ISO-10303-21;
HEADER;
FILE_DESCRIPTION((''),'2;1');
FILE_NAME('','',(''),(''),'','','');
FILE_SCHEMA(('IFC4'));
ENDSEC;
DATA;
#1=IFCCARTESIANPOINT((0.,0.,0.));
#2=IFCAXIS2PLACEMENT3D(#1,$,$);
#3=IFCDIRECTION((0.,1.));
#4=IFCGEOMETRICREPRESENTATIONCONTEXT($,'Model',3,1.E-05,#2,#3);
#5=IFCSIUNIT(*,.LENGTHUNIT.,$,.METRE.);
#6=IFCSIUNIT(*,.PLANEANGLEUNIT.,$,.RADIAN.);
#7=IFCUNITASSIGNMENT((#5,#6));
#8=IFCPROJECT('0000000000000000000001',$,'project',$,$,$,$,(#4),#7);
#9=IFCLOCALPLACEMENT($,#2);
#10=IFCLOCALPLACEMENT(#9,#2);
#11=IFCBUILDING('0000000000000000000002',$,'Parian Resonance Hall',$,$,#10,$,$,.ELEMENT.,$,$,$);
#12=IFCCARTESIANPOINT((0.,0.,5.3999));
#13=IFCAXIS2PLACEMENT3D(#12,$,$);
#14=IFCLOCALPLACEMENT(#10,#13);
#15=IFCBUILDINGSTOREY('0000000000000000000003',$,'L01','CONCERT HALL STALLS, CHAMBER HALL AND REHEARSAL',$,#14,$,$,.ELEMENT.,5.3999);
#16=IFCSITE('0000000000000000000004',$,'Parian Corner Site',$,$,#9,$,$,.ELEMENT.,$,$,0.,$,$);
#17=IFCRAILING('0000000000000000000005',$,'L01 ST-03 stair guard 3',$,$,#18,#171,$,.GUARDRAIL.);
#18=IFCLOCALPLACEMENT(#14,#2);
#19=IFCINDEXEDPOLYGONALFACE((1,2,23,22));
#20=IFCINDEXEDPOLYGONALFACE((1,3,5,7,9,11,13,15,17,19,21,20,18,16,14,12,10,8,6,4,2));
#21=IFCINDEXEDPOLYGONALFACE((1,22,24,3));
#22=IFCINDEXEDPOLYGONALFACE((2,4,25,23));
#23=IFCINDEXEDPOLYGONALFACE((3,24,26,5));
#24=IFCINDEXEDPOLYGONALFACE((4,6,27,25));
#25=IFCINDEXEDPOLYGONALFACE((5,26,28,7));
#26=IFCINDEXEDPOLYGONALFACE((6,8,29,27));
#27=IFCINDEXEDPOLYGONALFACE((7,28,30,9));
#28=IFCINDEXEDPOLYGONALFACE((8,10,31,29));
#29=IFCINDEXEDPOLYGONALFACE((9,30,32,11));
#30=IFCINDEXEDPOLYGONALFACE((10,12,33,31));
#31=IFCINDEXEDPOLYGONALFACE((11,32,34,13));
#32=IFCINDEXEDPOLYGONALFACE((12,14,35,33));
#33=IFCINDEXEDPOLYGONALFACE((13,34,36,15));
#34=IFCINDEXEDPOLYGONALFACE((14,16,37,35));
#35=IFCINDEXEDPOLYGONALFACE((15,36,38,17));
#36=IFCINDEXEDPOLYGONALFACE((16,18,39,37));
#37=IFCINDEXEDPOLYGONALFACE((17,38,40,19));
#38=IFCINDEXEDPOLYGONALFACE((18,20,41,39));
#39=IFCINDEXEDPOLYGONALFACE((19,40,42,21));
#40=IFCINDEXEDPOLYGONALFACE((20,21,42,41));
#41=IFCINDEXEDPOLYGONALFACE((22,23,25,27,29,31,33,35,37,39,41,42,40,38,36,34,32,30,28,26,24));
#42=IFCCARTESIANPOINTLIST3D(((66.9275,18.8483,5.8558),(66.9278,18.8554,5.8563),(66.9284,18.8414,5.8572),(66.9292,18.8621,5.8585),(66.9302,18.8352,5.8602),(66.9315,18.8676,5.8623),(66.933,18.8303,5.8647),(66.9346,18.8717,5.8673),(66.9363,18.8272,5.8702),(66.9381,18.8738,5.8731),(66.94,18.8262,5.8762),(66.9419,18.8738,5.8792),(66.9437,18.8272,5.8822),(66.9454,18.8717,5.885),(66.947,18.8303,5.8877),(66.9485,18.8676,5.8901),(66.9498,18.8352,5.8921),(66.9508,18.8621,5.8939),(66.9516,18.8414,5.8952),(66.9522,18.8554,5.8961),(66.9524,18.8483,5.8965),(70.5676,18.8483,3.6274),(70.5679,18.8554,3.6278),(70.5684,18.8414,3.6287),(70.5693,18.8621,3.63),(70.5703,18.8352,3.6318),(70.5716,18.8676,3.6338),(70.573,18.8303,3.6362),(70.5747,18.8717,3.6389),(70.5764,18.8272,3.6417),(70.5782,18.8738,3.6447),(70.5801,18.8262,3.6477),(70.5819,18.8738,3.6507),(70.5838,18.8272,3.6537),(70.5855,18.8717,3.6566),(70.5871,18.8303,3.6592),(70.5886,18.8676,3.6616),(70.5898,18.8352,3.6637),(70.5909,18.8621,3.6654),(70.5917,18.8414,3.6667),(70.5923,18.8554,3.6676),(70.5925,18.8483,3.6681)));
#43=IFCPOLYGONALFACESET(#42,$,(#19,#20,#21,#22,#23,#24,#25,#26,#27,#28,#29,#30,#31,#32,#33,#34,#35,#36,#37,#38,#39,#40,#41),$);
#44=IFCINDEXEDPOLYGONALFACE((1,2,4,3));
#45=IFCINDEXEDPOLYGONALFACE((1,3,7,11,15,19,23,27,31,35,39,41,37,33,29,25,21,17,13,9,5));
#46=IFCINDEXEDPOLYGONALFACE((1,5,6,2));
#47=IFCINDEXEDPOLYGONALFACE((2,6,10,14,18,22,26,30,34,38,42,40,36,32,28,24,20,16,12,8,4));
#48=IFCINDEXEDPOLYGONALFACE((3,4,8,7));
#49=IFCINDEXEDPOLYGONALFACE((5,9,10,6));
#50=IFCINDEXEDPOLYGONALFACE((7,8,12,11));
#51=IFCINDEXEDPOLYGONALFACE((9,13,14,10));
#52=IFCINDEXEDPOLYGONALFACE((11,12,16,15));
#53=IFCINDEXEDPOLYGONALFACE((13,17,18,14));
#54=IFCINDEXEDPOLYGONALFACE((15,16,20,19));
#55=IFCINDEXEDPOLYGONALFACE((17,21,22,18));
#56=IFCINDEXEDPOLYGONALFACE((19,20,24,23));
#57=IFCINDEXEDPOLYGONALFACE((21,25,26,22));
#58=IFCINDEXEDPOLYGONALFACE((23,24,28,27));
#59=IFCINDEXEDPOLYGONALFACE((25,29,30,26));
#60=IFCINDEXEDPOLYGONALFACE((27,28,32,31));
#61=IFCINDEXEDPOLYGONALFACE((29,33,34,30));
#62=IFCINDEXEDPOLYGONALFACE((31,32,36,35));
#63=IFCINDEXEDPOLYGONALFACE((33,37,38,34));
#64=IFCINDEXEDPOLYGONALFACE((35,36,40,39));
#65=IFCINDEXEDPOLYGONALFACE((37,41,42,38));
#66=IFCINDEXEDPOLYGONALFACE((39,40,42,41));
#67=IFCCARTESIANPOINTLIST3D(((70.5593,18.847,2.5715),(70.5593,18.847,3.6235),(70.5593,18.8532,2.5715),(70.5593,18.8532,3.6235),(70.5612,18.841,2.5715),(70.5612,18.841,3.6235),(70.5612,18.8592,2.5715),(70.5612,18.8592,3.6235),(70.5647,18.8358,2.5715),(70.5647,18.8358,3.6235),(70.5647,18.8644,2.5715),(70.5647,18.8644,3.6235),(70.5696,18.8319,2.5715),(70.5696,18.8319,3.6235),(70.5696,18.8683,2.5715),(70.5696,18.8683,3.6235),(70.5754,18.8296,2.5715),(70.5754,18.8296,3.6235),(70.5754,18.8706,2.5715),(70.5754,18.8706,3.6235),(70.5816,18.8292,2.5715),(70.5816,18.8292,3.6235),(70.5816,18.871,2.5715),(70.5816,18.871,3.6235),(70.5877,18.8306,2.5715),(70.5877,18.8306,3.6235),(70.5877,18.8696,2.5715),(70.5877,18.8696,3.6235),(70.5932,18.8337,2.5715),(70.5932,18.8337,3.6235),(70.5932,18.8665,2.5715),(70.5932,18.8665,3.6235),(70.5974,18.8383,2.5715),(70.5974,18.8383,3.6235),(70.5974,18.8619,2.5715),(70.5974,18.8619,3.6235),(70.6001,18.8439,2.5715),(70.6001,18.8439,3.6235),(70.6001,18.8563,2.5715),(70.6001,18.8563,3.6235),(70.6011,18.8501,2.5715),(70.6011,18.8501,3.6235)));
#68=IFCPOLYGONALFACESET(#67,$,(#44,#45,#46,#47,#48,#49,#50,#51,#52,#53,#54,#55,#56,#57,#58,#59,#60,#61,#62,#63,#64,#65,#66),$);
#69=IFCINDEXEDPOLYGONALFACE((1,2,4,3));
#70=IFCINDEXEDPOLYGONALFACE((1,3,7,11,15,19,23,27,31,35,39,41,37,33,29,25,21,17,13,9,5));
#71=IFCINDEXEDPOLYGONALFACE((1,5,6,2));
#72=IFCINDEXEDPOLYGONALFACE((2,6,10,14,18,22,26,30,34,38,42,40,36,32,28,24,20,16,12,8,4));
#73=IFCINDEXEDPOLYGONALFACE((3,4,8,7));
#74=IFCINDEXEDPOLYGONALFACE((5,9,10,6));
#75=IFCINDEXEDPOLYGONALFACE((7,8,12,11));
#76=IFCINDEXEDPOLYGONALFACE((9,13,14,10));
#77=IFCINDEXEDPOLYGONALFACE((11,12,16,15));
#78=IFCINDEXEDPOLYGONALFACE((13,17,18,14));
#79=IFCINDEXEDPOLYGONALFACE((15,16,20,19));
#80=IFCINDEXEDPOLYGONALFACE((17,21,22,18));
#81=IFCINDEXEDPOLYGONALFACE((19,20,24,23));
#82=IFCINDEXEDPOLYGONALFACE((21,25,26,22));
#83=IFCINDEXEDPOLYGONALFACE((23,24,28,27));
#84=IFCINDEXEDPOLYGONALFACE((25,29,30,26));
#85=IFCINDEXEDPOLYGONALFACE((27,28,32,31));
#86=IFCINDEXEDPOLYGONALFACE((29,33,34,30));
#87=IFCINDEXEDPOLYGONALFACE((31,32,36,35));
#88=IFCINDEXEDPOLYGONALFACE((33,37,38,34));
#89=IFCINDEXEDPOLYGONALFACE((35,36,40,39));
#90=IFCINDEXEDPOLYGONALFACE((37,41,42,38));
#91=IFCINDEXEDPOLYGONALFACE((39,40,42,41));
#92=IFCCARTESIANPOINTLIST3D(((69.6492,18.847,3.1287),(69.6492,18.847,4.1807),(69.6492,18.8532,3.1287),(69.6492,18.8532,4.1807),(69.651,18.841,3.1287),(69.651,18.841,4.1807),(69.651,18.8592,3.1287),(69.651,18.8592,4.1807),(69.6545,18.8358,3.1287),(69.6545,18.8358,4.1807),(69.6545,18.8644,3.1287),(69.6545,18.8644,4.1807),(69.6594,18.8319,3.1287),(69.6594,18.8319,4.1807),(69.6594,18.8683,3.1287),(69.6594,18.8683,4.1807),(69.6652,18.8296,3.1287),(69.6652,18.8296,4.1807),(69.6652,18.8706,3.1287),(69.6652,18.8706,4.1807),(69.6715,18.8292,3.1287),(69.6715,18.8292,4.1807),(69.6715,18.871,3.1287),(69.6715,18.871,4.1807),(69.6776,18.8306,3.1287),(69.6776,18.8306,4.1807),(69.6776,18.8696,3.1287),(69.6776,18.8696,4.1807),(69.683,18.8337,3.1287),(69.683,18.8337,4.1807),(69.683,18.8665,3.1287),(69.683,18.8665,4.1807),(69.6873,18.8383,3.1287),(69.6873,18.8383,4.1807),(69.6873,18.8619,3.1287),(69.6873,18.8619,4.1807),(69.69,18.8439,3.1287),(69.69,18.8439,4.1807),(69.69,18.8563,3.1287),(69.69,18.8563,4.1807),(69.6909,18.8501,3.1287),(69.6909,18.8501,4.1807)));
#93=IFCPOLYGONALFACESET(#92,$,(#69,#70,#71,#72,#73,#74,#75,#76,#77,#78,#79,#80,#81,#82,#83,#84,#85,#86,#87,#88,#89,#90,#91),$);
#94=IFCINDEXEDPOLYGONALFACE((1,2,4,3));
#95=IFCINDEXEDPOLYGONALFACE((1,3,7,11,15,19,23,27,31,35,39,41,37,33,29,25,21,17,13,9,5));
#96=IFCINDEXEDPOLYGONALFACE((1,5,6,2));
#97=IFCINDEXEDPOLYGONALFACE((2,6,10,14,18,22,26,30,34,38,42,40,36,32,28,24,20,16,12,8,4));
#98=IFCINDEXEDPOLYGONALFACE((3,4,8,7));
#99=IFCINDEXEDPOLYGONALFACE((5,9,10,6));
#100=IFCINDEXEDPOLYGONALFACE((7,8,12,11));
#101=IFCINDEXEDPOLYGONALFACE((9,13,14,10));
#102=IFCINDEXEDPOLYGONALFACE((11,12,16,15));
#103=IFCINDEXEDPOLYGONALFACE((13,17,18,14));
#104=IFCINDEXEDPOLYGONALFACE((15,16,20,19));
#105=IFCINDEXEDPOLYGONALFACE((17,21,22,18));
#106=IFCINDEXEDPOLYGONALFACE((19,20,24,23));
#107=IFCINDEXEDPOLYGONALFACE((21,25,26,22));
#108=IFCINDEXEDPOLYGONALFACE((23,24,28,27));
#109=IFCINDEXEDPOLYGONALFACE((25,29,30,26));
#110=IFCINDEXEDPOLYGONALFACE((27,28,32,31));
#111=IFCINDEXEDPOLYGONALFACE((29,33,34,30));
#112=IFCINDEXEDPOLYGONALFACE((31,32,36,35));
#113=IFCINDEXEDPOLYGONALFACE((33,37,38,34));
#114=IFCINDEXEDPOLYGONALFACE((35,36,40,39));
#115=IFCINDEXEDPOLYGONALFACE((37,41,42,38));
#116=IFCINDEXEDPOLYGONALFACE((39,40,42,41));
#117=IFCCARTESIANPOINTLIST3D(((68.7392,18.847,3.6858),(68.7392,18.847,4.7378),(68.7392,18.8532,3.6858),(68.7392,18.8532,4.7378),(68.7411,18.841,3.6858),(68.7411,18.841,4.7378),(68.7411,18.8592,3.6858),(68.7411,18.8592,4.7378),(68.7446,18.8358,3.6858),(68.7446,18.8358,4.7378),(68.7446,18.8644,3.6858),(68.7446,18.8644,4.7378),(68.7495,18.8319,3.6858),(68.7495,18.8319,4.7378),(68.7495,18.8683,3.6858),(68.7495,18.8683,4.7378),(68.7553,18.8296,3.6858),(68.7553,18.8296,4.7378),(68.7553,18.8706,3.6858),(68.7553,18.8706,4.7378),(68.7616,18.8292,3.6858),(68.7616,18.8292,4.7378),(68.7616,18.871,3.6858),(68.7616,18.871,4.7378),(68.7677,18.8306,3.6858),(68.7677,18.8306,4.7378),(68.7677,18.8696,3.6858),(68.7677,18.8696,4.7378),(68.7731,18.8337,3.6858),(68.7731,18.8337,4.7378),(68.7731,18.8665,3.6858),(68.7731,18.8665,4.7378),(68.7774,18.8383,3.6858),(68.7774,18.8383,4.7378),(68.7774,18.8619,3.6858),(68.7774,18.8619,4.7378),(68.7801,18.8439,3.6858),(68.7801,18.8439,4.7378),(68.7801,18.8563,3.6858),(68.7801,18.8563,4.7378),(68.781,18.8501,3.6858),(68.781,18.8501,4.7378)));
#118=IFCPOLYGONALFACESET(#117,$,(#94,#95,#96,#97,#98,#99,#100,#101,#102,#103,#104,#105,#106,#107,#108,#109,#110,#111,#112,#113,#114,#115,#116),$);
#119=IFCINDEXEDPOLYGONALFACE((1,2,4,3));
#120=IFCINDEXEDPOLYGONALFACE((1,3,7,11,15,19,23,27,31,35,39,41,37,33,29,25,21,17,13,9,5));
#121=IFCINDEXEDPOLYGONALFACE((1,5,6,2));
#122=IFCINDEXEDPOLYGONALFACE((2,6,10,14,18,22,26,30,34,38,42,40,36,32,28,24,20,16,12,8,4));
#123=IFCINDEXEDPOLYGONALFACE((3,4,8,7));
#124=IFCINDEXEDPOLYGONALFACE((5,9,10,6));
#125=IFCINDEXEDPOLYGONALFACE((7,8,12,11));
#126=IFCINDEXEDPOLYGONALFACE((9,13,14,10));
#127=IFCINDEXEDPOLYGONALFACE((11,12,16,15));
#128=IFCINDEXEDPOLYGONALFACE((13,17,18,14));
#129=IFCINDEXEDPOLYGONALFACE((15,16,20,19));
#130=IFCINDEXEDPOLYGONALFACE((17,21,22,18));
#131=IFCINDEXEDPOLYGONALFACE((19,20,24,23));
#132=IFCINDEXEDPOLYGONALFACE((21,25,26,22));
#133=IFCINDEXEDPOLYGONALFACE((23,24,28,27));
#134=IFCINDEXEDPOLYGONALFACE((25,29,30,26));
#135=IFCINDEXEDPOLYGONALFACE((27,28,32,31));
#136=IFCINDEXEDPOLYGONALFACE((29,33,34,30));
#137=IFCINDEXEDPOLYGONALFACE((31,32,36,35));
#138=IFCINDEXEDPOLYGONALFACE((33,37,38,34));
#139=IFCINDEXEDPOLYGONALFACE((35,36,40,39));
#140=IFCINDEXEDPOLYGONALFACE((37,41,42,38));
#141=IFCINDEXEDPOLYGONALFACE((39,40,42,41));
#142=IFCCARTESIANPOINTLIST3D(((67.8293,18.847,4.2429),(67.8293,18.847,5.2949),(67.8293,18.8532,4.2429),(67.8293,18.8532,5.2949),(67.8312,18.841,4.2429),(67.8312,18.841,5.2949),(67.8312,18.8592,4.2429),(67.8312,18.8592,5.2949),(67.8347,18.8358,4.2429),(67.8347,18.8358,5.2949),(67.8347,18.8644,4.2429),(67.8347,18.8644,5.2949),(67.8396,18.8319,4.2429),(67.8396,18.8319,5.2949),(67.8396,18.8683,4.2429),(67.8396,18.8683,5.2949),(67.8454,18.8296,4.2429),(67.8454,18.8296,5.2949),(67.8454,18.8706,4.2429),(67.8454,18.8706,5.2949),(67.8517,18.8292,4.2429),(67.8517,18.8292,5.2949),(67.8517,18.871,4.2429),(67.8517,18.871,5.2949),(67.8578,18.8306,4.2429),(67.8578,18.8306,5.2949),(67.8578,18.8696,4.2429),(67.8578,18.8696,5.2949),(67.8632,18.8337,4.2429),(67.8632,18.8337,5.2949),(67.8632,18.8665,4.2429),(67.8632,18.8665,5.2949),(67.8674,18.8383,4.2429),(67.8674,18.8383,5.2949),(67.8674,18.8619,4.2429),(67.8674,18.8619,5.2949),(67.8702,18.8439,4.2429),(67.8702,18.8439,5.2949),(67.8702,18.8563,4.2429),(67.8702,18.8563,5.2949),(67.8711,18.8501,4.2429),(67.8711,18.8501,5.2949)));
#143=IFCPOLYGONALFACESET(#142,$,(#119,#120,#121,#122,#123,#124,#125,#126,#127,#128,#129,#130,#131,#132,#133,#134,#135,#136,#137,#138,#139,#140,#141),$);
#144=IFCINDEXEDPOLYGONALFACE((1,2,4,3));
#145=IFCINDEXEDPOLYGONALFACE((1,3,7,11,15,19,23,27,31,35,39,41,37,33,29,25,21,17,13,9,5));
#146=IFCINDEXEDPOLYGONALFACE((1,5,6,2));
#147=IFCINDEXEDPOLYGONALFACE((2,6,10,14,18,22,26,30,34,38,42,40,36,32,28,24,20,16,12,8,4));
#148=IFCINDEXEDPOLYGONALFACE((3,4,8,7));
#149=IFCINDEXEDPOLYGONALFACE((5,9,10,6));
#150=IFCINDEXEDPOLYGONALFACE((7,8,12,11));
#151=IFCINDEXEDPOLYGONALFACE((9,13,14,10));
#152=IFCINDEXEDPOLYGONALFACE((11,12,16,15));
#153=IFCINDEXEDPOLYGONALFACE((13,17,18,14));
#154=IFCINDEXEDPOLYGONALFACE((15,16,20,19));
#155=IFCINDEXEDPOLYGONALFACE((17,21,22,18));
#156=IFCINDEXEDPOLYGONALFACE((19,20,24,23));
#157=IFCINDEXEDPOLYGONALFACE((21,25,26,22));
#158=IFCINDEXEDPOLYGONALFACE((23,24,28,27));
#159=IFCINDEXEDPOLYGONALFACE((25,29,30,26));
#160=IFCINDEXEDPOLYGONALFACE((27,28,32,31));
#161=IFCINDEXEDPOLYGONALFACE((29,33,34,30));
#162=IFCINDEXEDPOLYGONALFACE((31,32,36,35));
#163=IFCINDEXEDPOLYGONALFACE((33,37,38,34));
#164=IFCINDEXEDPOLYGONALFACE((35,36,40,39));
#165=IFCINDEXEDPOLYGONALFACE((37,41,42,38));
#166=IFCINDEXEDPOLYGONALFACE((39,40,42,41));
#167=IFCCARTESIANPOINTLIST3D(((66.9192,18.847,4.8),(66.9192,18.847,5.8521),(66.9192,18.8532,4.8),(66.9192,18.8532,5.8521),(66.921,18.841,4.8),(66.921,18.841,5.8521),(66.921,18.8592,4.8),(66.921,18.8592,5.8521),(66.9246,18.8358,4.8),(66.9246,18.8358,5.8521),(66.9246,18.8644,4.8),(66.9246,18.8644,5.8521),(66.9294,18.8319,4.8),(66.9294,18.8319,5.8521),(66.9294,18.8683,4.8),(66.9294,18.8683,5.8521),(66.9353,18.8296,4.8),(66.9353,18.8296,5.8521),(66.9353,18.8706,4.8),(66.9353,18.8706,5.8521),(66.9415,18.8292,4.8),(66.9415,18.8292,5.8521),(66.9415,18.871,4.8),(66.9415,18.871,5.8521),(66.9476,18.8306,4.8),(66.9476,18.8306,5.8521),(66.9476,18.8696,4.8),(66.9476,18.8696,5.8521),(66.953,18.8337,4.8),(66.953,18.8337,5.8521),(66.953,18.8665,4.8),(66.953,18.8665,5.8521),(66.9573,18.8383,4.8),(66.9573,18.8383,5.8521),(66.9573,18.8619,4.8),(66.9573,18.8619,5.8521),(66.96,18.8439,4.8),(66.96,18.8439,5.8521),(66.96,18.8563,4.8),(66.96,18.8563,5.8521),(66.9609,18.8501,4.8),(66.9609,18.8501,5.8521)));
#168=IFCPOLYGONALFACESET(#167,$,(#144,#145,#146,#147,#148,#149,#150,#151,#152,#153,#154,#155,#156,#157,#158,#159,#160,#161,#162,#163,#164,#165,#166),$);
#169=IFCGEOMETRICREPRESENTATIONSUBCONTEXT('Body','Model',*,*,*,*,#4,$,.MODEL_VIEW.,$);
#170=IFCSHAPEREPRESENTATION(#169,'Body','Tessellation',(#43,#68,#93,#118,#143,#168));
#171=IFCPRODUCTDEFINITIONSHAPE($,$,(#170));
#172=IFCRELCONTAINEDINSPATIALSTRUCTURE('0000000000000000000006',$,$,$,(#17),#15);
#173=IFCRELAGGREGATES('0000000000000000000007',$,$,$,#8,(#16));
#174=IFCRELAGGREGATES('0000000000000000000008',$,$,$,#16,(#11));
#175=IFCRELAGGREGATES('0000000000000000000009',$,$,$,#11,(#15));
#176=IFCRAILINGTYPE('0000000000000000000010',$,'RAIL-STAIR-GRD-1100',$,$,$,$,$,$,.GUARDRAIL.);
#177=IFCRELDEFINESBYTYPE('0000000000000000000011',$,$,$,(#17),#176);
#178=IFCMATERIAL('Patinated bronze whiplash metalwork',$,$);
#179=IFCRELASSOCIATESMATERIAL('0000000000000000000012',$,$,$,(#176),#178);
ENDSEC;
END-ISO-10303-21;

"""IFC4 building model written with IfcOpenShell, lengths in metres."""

from ifc_helpers import new_model, si_unit, direction, frame, origin, origin_2d, place, context, subcontext, project, spatial, circle, extrude, material, type_object, element, save


model = new_model("IFC4")

# Units and contexts
model_context = context("Model", 3, precision=1e-05, world=origin(), true_north=direction((0.0, 1.0)))
body_context = subcontext(model_context, "Body", "Model", "MODEL_VIEW")
ifc_project = project(units=[si_unit("LENGTHUNIT", "METRE"), si_unit("PLANEANGLEUNIT", "RADIAN")], contexts=[model_context])

# Site, building, storey
site_placement = place(None, origin())
site = spatial("IfcSite", under=ifc_project, at=site_placement, Name="Parian Corner Site", CompositionType="ELEMENT", RefElevation=0.0)
building_placement = place(site_placement, origin())
building = spatial("IfcBuilding", under=site, at=building_placement, Name="Parian Resonance Hall", CompositionType="ELEMENT")
storey_placement = place(building_placement, frame((0.0, 0.0, 5.3999)))
storey = spatial("IfcBuildingStorey", under=building, at=storey_placement, Name="L01", Description="CONCERT HALL STALLS, CHAMBER HALL AND REHEARSAL", CompositionType="ELEMENT", Elevation=5.3999)

# Railing
ifc_material_1 = material(Name="Patinated bronze whiplash metalwork")
railing_type_1 = type_object("IfcRailingType", Name="RAIL-STAIR-GRD-1100", PredefinedType="GUARDRAIL", material=ifc_material_1)
railing_1_placement = place(storey_placement, frame((70.5801, 18.8501, 2.5715)))
element("IfcRailing", 1, at=railing_1_placement, inside=storey, type_object=railing_type_1, Name="L01 ST-03 stair guard 3", PredefinedType="GUARDRAIL", context=body_context, shape_type="SweptSolid", body=[
    extrude(circle(Radius=0.0239, at=origin_2d()), frame((0.0, 0.0, 1.0762), z_axis=(-0.852866, 0.0, 0.52213), x_axis=(0.0, -1.0, 0.0)), (0.0, 0.0, 1.0), 4.2681),
    extrude(circle(Radius=0.021, at=origin_2d()), origin(), (0.0, 0.0, 1.0), 1.052),
    extrude(circle(Radius=0.021, at=origin_2d()), frame((-0.9102, 0.0, 0.5571)), (0.0, 0.0, 1.0), 1.052),
    extrude(circle(Radius=0.021, at=origin_2d()), frame((-1.8201, 0.0, 1.1143)), (0.0, 0.0, 1.0), 1.052),
    extrude(circle(Radius=0.021, at=origin_2d()), frame((-2.73, 0.0, 1.6714)), (0.0, 0.0, 1.0), 1.052),
    extrude(circle(Radius=0.021, at=origin_2d()), frame((-3.6401, 0.0, 2.2285)), (0.0, 0.0, 1.0), 1.052),
])

save(model, "model.ifc")
